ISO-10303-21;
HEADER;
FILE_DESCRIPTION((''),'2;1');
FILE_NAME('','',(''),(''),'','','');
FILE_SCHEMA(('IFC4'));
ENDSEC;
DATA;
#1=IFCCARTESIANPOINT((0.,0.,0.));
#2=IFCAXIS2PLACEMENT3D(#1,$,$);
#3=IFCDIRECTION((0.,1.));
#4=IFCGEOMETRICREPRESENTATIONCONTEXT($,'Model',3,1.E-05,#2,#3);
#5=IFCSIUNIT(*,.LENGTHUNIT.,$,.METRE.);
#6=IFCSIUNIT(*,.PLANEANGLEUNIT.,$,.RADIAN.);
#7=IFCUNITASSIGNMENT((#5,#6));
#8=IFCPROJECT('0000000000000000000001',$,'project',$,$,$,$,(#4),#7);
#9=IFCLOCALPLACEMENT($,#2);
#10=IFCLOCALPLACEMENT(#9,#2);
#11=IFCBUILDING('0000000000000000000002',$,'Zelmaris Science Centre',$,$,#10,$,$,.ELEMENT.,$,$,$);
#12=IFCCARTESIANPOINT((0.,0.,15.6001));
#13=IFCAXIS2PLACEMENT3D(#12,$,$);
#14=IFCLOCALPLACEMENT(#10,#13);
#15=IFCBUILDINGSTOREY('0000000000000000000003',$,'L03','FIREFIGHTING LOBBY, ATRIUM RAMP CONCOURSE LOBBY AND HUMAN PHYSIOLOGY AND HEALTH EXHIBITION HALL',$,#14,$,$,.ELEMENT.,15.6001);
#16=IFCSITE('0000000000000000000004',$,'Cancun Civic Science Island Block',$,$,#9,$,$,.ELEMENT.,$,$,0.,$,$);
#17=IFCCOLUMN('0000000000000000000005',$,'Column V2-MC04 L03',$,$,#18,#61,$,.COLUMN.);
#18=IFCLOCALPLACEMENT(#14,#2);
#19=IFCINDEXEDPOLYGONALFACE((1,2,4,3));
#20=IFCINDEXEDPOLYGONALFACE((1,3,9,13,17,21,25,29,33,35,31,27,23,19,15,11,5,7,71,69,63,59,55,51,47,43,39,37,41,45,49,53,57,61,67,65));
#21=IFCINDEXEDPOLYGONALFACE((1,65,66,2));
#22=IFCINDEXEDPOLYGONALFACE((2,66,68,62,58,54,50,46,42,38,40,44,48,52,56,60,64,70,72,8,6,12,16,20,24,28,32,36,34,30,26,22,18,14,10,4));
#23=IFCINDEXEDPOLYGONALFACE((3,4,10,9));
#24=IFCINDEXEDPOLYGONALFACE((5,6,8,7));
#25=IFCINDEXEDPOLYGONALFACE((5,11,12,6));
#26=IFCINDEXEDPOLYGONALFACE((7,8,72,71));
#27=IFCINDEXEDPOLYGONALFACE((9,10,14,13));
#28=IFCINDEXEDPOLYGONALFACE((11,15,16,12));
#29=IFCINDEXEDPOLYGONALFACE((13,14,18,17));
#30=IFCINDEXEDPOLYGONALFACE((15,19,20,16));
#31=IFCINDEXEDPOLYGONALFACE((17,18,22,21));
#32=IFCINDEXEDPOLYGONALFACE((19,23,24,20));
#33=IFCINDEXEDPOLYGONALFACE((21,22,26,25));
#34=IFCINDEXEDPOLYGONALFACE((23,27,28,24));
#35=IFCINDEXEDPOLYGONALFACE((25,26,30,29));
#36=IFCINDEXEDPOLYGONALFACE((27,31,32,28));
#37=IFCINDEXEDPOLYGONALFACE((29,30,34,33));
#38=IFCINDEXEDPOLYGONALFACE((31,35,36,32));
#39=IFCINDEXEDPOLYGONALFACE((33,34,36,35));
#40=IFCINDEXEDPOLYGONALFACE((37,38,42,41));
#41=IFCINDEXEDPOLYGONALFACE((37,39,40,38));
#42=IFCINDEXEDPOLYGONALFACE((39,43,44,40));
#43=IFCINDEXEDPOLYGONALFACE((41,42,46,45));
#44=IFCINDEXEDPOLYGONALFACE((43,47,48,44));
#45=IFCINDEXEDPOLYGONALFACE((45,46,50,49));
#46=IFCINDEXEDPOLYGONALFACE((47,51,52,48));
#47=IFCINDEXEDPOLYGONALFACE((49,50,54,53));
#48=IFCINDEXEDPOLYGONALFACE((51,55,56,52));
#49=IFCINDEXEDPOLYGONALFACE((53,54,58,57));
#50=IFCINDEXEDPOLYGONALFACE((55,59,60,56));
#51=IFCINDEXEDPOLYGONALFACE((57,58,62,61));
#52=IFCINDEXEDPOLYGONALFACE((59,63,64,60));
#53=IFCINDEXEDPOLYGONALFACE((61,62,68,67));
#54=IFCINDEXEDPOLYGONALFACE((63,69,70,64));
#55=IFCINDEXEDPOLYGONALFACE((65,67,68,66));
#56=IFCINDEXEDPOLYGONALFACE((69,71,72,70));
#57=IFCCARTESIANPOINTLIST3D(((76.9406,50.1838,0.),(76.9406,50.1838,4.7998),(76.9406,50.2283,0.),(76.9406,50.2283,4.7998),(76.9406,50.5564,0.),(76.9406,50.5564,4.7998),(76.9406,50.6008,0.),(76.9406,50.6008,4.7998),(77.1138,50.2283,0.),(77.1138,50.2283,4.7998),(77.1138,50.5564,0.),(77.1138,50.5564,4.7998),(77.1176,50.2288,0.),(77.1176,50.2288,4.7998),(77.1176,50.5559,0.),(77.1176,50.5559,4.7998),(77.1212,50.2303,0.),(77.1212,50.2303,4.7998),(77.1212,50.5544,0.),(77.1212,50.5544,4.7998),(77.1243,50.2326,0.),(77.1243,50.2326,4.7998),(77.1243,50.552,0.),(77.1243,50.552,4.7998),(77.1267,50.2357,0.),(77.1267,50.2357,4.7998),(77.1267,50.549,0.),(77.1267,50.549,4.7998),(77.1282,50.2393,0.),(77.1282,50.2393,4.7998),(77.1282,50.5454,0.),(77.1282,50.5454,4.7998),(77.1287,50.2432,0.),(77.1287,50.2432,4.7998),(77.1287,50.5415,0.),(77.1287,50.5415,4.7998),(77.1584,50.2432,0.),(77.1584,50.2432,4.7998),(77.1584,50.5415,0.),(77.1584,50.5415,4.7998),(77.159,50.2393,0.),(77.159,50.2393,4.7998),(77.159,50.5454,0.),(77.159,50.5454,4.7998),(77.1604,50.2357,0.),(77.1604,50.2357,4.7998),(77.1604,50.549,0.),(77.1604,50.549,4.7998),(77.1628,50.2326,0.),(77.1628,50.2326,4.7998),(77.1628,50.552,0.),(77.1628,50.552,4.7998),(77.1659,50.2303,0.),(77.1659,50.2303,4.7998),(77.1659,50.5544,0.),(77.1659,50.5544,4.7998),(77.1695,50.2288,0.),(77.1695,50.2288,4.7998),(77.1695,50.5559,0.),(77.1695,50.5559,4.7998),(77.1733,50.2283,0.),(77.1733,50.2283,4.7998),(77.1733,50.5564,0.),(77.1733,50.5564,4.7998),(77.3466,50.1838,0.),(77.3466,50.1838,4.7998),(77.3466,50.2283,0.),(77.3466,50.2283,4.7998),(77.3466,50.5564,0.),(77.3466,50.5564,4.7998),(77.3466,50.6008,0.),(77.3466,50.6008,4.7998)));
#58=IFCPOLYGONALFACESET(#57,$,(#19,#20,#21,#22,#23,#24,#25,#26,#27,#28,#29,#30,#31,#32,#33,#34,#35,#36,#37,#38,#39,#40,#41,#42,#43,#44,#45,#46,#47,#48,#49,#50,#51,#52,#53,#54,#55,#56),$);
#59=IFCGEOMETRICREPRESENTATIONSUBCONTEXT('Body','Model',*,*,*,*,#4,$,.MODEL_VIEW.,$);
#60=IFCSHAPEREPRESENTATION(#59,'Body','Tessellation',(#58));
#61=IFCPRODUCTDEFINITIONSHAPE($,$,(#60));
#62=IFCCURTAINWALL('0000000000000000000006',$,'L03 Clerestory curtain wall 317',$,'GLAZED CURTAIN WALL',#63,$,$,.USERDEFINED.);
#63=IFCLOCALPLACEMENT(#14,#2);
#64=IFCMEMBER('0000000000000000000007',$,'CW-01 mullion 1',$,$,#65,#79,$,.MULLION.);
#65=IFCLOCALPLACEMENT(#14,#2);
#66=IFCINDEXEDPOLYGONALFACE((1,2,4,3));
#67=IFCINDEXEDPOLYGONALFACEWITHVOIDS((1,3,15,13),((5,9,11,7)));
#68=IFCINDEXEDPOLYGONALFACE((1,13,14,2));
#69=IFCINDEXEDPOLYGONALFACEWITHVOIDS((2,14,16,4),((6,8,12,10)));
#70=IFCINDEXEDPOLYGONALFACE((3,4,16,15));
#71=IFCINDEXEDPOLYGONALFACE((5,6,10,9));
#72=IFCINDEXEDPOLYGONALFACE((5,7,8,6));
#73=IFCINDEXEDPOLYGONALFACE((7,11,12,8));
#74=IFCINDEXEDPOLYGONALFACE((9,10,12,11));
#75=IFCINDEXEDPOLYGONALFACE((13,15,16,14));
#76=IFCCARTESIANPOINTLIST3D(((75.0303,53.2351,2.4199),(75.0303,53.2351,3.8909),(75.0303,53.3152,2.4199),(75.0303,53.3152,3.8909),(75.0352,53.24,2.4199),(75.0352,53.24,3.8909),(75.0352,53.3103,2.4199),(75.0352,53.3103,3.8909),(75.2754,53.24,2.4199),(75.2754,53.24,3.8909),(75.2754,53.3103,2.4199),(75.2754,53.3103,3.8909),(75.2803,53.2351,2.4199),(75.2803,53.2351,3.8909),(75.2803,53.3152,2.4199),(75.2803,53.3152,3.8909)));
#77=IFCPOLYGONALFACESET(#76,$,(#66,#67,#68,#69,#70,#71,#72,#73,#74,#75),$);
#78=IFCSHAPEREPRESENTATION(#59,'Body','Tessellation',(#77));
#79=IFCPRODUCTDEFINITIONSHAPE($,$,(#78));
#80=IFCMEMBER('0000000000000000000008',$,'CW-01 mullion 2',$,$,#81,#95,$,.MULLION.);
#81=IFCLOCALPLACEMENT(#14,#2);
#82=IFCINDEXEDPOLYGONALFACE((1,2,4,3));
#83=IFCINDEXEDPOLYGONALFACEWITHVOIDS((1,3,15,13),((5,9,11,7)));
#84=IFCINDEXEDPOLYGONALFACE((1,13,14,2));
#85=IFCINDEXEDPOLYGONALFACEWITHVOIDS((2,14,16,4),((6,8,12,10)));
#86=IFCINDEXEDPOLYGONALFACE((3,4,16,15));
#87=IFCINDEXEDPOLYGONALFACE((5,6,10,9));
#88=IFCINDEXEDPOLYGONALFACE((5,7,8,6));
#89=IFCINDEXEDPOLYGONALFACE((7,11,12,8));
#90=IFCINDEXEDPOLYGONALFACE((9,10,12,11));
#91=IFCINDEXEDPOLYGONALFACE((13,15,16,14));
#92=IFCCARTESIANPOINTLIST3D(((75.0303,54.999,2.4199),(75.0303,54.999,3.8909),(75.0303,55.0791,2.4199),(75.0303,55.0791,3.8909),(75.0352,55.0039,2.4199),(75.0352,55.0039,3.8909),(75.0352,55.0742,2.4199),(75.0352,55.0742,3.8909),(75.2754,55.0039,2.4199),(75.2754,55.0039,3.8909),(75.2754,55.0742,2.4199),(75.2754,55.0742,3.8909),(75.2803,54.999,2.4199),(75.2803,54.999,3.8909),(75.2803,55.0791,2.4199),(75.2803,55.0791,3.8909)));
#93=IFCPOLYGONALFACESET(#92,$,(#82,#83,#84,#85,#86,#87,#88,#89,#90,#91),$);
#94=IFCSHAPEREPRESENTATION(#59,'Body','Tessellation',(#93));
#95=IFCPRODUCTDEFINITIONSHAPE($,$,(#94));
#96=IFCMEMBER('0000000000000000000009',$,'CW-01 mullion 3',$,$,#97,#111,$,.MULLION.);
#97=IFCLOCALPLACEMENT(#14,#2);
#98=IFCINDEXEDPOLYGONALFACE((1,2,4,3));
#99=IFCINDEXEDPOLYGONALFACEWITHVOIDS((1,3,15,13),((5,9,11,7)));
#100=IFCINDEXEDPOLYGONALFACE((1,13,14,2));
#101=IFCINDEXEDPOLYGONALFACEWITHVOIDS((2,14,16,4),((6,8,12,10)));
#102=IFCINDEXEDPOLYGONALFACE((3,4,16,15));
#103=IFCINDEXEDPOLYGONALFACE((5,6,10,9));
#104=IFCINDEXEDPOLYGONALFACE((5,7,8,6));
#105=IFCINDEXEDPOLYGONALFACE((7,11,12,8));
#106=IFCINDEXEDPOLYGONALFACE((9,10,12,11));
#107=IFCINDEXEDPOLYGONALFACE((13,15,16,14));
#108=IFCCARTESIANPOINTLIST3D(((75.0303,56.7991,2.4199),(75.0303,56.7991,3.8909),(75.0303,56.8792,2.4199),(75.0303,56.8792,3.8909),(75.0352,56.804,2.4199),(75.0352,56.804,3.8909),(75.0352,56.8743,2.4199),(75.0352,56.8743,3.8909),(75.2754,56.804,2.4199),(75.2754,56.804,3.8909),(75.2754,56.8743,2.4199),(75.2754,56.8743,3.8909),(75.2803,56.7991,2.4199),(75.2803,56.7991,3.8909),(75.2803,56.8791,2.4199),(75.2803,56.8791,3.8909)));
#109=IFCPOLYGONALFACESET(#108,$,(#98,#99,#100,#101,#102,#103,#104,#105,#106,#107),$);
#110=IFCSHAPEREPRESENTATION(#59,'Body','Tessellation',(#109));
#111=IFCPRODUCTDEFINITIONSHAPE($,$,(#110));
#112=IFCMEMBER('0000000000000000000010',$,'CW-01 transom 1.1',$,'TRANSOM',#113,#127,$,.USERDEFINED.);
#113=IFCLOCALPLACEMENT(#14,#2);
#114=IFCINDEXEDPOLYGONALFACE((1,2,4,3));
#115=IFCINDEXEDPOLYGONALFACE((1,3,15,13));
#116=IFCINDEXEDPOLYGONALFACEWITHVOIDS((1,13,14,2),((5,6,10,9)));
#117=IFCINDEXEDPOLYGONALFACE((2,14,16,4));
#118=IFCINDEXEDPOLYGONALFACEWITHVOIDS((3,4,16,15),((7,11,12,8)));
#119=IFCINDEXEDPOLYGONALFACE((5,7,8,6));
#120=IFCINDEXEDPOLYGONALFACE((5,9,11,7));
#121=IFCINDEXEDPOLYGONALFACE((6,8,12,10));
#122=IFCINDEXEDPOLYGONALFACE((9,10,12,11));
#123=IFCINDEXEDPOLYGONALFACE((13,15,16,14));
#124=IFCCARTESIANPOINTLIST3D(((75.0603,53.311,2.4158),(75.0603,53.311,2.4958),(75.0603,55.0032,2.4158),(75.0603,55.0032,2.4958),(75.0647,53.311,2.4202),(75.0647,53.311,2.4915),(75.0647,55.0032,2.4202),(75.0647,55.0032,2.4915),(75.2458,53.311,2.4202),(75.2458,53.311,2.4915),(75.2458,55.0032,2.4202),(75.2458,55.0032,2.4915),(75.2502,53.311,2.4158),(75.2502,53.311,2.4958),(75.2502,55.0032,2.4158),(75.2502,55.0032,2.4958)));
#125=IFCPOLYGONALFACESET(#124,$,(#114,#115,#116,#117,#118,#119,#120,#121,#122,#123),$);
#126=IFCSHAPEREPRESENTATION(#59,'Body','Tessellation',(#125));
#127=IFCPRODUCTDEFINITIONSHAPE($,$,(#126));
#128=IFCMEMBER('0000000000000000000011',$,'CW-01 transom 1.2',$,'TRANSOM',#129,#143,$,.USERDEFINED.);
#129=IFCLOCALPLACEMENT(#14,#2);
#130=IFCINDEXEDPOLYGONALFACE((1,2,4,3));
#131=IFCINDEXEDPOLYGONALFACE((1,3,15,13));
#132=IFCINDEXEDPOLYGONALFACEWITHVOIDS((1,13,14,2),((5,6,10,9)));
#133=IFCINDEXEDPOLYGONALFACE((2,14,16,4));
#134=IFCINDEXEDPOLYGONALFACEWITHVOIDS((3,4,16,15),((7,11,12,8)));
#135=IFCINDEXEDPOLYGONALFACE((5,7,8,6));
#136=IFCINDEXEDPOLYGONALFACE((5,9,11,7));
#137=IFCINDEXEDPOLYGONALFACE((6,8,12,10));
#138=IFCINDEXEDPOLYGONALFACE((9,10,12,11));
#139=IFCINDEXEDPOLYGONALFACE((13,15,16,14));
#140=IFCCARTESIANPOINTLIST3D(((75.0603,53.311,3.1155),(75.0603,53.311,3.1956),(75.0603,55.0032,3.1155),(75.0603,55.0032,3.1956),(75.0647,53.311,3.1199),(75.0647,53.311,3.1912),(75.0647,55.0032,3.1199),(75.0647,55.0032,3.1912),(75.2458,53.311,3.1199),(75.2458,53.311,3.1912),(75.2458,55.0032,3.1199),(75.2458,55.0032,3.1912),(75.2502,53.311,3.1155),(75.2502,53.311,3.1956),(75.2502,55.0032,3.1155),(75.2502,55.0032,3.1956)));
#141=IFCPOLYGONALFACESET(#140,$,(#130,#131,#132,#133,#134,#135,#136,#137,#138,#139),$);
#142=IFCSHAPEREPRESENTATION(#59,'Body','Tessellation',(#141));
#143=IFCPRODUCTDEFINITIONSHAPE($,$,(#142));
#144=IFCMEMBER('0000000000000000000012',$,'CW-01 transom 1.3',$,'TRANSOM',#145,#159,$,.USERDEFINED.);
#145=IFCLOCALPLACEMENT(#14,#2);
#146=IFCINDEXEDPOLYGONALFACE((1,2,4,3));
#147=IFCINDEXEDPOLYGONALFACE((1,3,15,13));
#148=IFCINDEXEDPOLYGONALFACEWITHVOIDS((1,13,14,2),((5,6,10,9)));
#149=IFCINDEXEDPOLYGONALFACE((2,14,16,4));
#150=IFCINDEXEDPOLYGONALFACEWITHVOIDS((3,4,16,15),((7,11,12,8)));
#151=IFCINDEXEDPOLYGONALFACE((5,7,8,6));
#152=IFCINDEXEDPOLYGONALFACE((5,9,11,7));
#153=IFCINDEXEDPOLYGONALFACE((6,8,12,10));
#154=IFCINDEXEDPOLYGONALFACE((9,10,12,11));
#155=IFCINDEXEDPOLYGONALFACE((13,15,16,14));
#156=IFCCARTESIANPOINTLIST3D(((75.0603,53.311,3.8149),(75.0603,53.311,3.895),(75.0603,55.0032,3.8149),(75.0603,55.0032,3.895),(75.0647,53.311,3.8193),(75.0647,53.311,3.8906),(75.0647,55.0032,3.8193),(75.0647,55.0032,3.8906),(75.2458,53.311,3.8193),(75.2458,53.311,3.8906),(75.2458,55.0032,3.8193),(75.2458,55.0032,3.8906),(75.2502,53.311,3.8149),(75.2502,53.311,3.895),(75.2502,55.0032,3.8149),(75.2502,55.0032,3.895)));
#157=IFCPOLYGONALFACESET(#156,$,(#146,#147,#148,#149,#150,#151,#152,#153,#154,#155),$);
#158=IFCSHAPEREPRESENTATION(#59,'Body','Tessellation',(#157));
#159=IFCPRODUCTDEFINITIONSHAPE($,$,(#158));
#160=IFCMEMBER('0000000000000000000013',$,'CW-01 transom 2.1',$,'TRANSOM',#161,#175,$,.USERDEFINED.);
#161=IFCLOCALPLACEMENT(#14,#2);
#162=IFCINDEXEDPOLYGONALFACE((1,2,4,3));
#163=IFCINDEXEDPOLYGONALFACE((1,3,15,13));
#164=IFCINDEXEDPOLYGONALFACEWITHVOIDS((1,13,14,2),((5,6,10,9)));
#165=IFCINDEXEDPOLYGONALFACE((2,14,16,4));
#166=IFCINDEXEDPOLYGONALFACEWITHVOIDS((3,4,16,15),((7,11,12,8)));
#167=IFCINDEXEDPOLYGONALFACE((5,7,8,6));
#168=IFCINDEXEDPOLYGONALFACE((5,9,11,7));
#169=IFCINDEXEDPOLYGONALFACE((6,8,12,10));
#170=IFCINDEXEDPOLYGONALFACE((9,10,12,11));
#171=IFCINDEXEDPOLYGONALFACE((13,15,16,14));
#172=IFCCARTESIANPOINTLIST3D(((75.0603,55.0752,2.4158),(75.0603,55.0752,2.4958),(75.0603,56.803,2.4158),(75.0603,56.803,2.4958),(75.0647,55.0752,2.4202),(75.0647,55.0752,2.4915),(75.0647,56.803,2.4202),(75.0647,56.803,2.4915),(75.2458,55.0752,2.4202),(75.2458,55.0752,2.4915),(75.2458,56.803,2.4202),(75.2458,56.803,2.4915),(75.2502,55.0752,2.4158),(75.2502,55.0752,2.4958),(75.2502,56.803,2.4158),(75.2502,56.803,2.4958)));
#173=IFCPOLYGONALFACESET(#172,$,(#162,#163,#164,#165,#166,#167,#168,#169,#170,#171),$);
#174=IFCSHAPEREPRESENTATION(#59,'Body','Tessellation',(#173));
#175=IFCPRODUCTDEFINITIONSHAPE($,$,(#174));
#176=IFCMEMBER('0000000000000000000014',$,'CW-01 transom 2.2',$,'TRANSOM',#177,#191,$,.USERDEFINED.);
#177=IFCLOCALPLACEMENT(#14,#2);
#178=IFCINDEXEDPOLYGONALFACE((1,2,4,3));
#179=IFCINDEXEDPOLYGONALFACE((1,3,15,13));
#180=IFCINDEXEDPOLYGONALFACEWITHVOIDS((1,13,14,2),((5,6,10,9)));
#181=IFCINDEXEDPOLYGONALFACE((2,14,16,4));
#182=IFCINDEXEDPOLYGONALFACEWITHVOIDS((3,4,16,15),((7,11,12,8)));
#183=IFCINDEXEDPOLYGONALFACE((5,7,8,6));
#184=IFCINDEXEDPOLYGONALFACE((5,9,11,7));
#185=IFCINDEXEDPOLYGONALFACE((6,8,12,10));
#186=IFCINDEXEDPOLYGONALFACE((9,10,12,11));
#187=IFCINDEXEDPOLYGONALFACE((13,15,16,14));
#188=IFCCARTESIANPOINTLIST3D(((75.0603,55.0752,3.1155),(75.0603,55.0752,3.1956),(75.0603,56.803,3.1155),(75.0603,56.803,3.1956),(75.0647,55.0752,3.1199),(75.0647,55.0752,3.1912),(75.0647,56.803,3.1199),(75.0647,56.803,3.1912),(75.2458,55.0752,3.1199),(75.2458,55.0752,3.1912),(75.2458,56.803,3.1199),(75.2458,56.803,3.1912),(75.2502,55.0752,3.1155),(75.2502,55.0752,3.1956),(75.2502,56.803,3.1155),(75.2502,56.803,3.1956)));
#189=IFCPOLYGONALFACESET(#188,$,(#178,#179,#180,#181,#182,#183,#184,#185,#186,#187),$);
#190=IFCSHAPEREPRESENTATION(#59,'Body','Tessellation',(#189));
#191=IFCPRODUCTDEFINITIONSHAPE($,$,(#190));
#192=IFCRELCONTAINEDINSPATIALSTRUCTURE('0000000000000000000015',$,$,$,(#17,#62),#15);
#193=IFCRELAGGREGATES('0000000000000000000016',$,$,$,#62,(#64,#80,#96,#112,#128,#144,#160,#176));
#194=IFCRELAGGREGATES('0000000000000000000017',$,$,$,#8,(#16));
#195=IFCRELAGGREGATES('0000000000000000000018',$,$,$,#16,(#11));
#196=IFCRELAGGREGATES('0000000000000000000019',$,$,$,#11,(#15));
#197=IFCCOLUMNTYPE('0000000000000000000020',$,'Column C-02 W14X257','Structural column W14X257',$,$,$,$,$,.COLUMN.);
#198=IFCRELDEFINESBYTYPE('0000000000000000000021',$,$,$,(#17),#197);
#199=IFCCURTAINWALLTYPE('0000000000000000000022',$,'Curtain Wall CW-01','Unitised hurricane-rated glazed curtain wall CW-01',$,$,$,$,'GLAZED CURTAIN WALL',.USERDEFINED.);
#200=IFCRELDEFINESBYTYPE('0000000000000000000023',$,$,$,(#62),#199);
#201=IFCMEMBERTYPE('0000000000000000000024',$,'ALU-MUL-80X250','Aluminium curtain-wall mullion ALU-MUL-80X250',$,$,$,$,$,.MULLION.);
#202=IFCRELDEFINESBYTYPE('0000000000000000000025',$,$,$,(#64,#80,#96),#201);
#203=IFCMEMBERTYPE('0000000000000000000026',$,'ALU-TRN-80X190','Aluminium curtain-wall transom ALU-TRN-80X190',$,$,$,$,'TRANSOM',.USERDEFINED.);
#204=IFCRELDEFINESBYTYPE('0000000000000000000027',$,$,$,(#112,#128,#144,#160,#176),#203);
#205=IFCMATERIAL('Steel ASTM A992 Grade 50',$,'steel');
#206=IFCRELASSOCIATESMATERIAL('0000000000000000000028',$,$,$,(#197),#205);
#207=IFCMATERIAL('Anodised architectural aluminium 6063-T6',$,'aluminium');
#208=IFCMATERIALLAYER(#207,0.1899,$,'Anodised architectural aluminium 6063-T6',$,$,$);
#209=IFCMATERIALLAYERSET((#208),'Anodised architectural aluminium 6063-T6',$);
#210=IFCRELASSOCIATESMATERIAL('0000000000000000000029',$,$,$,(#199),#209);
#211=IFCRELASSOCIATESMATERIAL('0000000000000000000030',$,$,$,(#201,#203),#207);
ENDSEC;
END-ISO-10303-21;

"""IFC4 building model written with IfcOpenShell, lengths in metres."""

from ifc_helpers import new_model, si_unit, direction, frame, origin, origin_2d, place, context, subcontext, project, spatial, hollow_rectangle, i_section, extrude, material, layer, layer_set, material_profile, profile_set, type_object, element, aggregate, save


model = new_model("IFC4")

# Units and contexts
model_context = context("Model", 3, precision=1e-05, world=origin(), true_north=direction((0.0, 1.0)))
body_context = subcontext(model_context, "Body", "Model", "MODEL_VIEW")
ifc_project = project(units=[si_unit("LENGTHUNIT", "METRE"), si_unit("PLANEANGLEUNIT", "RADIAN")], contexts=[model_context])

# Site, building, storey
site_placement = place(None, origin())
site = spatial("IfcSite", under=ifc_project, at=site_placement, Name="Cancun Civic Science Island Block", CompositionType="ELEMENT", RefElevation=0.0)
building_placement = place(site_placement, origin())
building = spatial("IfcBuilding", under=site, at=building_placement, Name="Zelmaris Science Centre", CompositionType="ELEMENT")
storey_placement = place(building_placement, frame((0.0, 0.0, 15.6001)))
storey = spatial("IfcBuildingStorey", under=building, at=storey_placement, Name="L03", Description="FIREFIGHTING LOBBY, ATRIUM RAMP CONCOURSE LOBBY AND HUMAN PHYSIOLOGY AND HEALTH EXHIBITION HALL", CompositionType="ELEMENT", Elevation=15.6001)

# Column
ifc_material_1 = material(Name="Steel ASTM A992 Grade 50", Category="steel")
ifc_material_profile_1 = material_profile(ifc_material_1, i_section(OverallWidth=0.406, OverallDepth=0.417, WebThickness=0.0298, FlangeThickness=0.0444, FilletRadius=0.0149, at=origin_2d()), Name="W14X257")
ifc_profile_set_1 = profile_set([ifc_material_profile_1], Name="Steel ASTM A992 Grade 50")
column_type = type_object("IfcColumnType", Name="Column C-02 W14X257", Description="Structural column W14X257", PredefinedType="COLUMN", material=ifc_profile_set_1)
column_placement = place(storey_placement, frame((77.1436, 50.3923, 0.0), z_axis=(0.0, 0.0, 1.0), x_axis=(1.0, 0.0, 0.0)))
element("IfcColumn", 1, at=column_placement, inside=storey, type_object=column_type, Name="Column V2-MC04 L03", PredefinedType="COLUMN", context=body_context, shape_type="SweptSolid", body=[
    extrude(i_section(OverallWidth=0.406, OverallDepth=0.417, WebThickness=0.0298, FlangeThickness=0.0444, FilletRadius=0.0149, at=origin_2d()), origin(), (0.0, 0.0, 1.0), 4.7998),
])

# Curtain wall, members
ifc_material_2 = material(Name="Anodised architectural aluminium 6063-T6", Category="aluminium")
ifc_layer_1 = layer(ifc_material_2, 0.1899, Name="Anodised architectural aluminium 6063-T6")
ifc_layer_set_1 = layer_set([ifc_layer_1], Name="Anodised architectural aluminium 6063-T6")
curtain_wall_type = type_object("IfcCurtainWallType", Name="Curtain Wall CW-01", Description="Unitised hurricane-rated glazed curtain wall CW-01", ElementType="GLAZED CURTAIN WALL", PredefinedType="USERDEFINED", material=ifc_layer_set_1)
curtain_wall_placement = place(storey_placement, origin())
curtain_wall = element("IfcCurtainWall", 2, at=curtain_wall_placement, inside=storey, type_object=curtain_wall_type, Name="L03 Clerestory curtain wall 317", ObjectType="GLAZED CURTAIN WALL", PredefinedType="USERDEFINED")
ifc_material_profile_2 = material_profile(ifc_material_2, hollow_rectangle(XDim=0.0801, YDim=0.25, WallThickness=0.0049, at=origin_2d()), Name="ALU-MUL-80X250")
ifc_profile_set_2 = profile_set([ifc_material_profile_2], Name="Anodised architectural aluminium 6063-T6")
member_type_1 = type_object("IfcMemberType", Name="ALU-MUL-80X250", Description="Aluminium curtain-wall mullion ALU-MUL-80X250", PredefinedType="MULLION", material=ifc_profile_set_2)
member_1_placement = place(storey_placement, frame((75.1553, 53.2751, 2.4199), z_axis=(0.0, 0.0, 1.0), x_axis=(0.000009, 1.0, 0.0)))
member_1 = element("IfcMember", 3, at=member_1_placement, type_object=member_type_1, Name="CW-01 mullion 1", PredefinedType="MULLION", context=body_context, shape_type="SweptSolid", body=[
    extrude(hollow_rectangle(XDim=0.0801, YDim=0.25, WallThickness=0.0049, at=origin_2d()), origin(), (0.0, 0.0, 1.0), 1.4709),
])
member_2_placement = place(storey_placement, frame((75.1553, 55.0391, 2.4199), z_axis=(0.0, 0.0, 1.0), x_axis=(0.000009, 1.0, 0.0)))
member_2 = element("IfcMember", 4, at=member_2_placement, type_object=member_type_1, Name="CW-01 mullion 2", PredefinedType="MULLION", context=body_context, shape_type="SweptSolid", body=[
    extrude(hollow_rectangle(XDim=0.0801, YDim=0.25, WallThickness=0.0049, at=origin_2d()), origin(), (0.0, 0.0, 1.0), 1.4709),
])
member_3_placement = place(storey_placement, frame((75.1553, 56.8391, 2.4199), z_axis=(0.0, 0.0, 1.0), x_axis=(0.000009, 1.0, 0.0)))
member_3 = element("IfcMember", 5, at=member_3_placement, type_object=member_type_1, Name="CW-01 mullion 3", PredefinedType="MULLION", context=body_context, shape_type="SweptSolid", body=[
    extrude(hollow_rectangle(XDim=0.0801, YDim=0.25, WallThickness=0.0049, at=origin_2d()), origin(), (0.0, 0.0, 1.0), 1.4709),
])
ifc_material_profile_3 = material_profile(ifc_material_2, hollow_rectangle(XDim=0.0801, YDim=0.1899, WallThickness=0.0044, at=origin_2d()), Name="ALU-TRN-80X190")
ifc_profile_set_3 = profile_set([ifc_material_profile_3], Name="Anodised architectural aluminium 6063-T6")
member_type_2 = type_object("IfcMemberType", Name="ALU-TRN-80X190", Description="Aluminium curtain-wall transom ALU-TRN-80X190", ElementType="TRANSOM", PredefinedType="USERDEFINED", material=ifc_profile_set_3)
member_4_placement = place(storey_placement, frame((75.1553, 53.311, 2.4558), z_axis=(0.0, 1.0, 0.0), x_axis=(0.0, 0.0, 1.0)))
member_4 = element("IfcMember", 6, at=member_4_placement, type_object=member_type_2, Name="CW-01 transom 1.1", ObjectType="TRANSOM", PredefinedType="USERDEFINED", context=body_context, shape_type="SweptSolid", body=[
    extrude(hollow_rectangle(XDim=0.0801, YDim=0.1899, WallThickness=0.0044, at=origin_2d()), origin(), (0.0, 0.0, 1.0), 1.6921),
])
member_5_placement = place(storey_placement, frame((75.1553, 53.311, 3.1555), z_axis=(0.0, 1.0, 0.0), x_axis=(0.0, 0.0, 1.0)))
member_5 = element("IfcMember", 7, at=member_5_placement, type_object=member_type_2, Name="CW-01 transom 1.2", ObjectType="TRANSOM", PredefinedType="USERDEFINED", context=body_context, shape_type="SweptSolid", body=[
    extrude(hollow_rectangle(XDim=0.0801, YDim=0.1899, WallThickness=0.0044, at=origin_2d()), origin(), (0.0, 0.0, 1.0), 1.6921),
])
member_6_placement = place(storey_placement, frame((75.1553, 53.311, 3.855), z_axis=(0.0, 1.0, 0.0), x_axis=(0.0, 0.0, 1.0)))
member_6 = element("IfcMember", 8, at=member_6_placement, type_object=member_type_2, Name="CW-01 transom 1.3", ObjectType="TRANSOM", PredefinedType="USERDEFINED", context=body_context, shape_type="SweptSolid", body=[
    extrude(hollow_rectangle(XDim=0.0801, YDim=0.1899, WallThickness=0.0044, at=origin_2d()), origin(), (0.0, 0.0, 1.0), 1.6921),
])
member_7_placement = place(storey_placement, frame((75.1553, 55.0752, 2.4558), z_axis=(0.0, 1.0, 0.0), x_axis=(0.0, 0.0, 1.0)))
member_7 = element("IfcMember", 9, at=member_7_placement, type_object=member_type_2, Name="CW-01 transom 2.1", ObjectType="TRANSOM", PredefinedType="USERDEFINED", context=body_context, shape_type="SweptSolid", body=[
    extrude(hollow_rectangle(XDim=0.0801, YDim=0.1899, WallThickness=0.0044, at=origin_2d()), origin(), (0.0, 0.0, 1.0), 1.7278),
])
member_8_placement = place(storey_placement, frame((75.1553, 55.0752, 3.1555), z_axis=(0.0, 1.0, 0.0), x_axis=(0.0, 0.0, 1.0)))
member_8 = element("IfcMember", 10, at=member_8_placement, type_object=member_type_2, Name="CW-01 transom 2.2", ObjectType="TRANSOM", PredefinedType="USERDEFINED", context=body_context, shape_type="SweptSolid", body=[
    extrude(hollow_rectangle(XDim=0.0801, YDim=0.1899, WallThickness=0.0044, at=origin_2d()), origin(), (0.0, 0.0, 1.0), 1.7278),
])

aggregate(curtain_wall, [member_1, member_2, member_3, member_4, member_5, member_6, member_7, member_8])

save(model, "model.ifc")
